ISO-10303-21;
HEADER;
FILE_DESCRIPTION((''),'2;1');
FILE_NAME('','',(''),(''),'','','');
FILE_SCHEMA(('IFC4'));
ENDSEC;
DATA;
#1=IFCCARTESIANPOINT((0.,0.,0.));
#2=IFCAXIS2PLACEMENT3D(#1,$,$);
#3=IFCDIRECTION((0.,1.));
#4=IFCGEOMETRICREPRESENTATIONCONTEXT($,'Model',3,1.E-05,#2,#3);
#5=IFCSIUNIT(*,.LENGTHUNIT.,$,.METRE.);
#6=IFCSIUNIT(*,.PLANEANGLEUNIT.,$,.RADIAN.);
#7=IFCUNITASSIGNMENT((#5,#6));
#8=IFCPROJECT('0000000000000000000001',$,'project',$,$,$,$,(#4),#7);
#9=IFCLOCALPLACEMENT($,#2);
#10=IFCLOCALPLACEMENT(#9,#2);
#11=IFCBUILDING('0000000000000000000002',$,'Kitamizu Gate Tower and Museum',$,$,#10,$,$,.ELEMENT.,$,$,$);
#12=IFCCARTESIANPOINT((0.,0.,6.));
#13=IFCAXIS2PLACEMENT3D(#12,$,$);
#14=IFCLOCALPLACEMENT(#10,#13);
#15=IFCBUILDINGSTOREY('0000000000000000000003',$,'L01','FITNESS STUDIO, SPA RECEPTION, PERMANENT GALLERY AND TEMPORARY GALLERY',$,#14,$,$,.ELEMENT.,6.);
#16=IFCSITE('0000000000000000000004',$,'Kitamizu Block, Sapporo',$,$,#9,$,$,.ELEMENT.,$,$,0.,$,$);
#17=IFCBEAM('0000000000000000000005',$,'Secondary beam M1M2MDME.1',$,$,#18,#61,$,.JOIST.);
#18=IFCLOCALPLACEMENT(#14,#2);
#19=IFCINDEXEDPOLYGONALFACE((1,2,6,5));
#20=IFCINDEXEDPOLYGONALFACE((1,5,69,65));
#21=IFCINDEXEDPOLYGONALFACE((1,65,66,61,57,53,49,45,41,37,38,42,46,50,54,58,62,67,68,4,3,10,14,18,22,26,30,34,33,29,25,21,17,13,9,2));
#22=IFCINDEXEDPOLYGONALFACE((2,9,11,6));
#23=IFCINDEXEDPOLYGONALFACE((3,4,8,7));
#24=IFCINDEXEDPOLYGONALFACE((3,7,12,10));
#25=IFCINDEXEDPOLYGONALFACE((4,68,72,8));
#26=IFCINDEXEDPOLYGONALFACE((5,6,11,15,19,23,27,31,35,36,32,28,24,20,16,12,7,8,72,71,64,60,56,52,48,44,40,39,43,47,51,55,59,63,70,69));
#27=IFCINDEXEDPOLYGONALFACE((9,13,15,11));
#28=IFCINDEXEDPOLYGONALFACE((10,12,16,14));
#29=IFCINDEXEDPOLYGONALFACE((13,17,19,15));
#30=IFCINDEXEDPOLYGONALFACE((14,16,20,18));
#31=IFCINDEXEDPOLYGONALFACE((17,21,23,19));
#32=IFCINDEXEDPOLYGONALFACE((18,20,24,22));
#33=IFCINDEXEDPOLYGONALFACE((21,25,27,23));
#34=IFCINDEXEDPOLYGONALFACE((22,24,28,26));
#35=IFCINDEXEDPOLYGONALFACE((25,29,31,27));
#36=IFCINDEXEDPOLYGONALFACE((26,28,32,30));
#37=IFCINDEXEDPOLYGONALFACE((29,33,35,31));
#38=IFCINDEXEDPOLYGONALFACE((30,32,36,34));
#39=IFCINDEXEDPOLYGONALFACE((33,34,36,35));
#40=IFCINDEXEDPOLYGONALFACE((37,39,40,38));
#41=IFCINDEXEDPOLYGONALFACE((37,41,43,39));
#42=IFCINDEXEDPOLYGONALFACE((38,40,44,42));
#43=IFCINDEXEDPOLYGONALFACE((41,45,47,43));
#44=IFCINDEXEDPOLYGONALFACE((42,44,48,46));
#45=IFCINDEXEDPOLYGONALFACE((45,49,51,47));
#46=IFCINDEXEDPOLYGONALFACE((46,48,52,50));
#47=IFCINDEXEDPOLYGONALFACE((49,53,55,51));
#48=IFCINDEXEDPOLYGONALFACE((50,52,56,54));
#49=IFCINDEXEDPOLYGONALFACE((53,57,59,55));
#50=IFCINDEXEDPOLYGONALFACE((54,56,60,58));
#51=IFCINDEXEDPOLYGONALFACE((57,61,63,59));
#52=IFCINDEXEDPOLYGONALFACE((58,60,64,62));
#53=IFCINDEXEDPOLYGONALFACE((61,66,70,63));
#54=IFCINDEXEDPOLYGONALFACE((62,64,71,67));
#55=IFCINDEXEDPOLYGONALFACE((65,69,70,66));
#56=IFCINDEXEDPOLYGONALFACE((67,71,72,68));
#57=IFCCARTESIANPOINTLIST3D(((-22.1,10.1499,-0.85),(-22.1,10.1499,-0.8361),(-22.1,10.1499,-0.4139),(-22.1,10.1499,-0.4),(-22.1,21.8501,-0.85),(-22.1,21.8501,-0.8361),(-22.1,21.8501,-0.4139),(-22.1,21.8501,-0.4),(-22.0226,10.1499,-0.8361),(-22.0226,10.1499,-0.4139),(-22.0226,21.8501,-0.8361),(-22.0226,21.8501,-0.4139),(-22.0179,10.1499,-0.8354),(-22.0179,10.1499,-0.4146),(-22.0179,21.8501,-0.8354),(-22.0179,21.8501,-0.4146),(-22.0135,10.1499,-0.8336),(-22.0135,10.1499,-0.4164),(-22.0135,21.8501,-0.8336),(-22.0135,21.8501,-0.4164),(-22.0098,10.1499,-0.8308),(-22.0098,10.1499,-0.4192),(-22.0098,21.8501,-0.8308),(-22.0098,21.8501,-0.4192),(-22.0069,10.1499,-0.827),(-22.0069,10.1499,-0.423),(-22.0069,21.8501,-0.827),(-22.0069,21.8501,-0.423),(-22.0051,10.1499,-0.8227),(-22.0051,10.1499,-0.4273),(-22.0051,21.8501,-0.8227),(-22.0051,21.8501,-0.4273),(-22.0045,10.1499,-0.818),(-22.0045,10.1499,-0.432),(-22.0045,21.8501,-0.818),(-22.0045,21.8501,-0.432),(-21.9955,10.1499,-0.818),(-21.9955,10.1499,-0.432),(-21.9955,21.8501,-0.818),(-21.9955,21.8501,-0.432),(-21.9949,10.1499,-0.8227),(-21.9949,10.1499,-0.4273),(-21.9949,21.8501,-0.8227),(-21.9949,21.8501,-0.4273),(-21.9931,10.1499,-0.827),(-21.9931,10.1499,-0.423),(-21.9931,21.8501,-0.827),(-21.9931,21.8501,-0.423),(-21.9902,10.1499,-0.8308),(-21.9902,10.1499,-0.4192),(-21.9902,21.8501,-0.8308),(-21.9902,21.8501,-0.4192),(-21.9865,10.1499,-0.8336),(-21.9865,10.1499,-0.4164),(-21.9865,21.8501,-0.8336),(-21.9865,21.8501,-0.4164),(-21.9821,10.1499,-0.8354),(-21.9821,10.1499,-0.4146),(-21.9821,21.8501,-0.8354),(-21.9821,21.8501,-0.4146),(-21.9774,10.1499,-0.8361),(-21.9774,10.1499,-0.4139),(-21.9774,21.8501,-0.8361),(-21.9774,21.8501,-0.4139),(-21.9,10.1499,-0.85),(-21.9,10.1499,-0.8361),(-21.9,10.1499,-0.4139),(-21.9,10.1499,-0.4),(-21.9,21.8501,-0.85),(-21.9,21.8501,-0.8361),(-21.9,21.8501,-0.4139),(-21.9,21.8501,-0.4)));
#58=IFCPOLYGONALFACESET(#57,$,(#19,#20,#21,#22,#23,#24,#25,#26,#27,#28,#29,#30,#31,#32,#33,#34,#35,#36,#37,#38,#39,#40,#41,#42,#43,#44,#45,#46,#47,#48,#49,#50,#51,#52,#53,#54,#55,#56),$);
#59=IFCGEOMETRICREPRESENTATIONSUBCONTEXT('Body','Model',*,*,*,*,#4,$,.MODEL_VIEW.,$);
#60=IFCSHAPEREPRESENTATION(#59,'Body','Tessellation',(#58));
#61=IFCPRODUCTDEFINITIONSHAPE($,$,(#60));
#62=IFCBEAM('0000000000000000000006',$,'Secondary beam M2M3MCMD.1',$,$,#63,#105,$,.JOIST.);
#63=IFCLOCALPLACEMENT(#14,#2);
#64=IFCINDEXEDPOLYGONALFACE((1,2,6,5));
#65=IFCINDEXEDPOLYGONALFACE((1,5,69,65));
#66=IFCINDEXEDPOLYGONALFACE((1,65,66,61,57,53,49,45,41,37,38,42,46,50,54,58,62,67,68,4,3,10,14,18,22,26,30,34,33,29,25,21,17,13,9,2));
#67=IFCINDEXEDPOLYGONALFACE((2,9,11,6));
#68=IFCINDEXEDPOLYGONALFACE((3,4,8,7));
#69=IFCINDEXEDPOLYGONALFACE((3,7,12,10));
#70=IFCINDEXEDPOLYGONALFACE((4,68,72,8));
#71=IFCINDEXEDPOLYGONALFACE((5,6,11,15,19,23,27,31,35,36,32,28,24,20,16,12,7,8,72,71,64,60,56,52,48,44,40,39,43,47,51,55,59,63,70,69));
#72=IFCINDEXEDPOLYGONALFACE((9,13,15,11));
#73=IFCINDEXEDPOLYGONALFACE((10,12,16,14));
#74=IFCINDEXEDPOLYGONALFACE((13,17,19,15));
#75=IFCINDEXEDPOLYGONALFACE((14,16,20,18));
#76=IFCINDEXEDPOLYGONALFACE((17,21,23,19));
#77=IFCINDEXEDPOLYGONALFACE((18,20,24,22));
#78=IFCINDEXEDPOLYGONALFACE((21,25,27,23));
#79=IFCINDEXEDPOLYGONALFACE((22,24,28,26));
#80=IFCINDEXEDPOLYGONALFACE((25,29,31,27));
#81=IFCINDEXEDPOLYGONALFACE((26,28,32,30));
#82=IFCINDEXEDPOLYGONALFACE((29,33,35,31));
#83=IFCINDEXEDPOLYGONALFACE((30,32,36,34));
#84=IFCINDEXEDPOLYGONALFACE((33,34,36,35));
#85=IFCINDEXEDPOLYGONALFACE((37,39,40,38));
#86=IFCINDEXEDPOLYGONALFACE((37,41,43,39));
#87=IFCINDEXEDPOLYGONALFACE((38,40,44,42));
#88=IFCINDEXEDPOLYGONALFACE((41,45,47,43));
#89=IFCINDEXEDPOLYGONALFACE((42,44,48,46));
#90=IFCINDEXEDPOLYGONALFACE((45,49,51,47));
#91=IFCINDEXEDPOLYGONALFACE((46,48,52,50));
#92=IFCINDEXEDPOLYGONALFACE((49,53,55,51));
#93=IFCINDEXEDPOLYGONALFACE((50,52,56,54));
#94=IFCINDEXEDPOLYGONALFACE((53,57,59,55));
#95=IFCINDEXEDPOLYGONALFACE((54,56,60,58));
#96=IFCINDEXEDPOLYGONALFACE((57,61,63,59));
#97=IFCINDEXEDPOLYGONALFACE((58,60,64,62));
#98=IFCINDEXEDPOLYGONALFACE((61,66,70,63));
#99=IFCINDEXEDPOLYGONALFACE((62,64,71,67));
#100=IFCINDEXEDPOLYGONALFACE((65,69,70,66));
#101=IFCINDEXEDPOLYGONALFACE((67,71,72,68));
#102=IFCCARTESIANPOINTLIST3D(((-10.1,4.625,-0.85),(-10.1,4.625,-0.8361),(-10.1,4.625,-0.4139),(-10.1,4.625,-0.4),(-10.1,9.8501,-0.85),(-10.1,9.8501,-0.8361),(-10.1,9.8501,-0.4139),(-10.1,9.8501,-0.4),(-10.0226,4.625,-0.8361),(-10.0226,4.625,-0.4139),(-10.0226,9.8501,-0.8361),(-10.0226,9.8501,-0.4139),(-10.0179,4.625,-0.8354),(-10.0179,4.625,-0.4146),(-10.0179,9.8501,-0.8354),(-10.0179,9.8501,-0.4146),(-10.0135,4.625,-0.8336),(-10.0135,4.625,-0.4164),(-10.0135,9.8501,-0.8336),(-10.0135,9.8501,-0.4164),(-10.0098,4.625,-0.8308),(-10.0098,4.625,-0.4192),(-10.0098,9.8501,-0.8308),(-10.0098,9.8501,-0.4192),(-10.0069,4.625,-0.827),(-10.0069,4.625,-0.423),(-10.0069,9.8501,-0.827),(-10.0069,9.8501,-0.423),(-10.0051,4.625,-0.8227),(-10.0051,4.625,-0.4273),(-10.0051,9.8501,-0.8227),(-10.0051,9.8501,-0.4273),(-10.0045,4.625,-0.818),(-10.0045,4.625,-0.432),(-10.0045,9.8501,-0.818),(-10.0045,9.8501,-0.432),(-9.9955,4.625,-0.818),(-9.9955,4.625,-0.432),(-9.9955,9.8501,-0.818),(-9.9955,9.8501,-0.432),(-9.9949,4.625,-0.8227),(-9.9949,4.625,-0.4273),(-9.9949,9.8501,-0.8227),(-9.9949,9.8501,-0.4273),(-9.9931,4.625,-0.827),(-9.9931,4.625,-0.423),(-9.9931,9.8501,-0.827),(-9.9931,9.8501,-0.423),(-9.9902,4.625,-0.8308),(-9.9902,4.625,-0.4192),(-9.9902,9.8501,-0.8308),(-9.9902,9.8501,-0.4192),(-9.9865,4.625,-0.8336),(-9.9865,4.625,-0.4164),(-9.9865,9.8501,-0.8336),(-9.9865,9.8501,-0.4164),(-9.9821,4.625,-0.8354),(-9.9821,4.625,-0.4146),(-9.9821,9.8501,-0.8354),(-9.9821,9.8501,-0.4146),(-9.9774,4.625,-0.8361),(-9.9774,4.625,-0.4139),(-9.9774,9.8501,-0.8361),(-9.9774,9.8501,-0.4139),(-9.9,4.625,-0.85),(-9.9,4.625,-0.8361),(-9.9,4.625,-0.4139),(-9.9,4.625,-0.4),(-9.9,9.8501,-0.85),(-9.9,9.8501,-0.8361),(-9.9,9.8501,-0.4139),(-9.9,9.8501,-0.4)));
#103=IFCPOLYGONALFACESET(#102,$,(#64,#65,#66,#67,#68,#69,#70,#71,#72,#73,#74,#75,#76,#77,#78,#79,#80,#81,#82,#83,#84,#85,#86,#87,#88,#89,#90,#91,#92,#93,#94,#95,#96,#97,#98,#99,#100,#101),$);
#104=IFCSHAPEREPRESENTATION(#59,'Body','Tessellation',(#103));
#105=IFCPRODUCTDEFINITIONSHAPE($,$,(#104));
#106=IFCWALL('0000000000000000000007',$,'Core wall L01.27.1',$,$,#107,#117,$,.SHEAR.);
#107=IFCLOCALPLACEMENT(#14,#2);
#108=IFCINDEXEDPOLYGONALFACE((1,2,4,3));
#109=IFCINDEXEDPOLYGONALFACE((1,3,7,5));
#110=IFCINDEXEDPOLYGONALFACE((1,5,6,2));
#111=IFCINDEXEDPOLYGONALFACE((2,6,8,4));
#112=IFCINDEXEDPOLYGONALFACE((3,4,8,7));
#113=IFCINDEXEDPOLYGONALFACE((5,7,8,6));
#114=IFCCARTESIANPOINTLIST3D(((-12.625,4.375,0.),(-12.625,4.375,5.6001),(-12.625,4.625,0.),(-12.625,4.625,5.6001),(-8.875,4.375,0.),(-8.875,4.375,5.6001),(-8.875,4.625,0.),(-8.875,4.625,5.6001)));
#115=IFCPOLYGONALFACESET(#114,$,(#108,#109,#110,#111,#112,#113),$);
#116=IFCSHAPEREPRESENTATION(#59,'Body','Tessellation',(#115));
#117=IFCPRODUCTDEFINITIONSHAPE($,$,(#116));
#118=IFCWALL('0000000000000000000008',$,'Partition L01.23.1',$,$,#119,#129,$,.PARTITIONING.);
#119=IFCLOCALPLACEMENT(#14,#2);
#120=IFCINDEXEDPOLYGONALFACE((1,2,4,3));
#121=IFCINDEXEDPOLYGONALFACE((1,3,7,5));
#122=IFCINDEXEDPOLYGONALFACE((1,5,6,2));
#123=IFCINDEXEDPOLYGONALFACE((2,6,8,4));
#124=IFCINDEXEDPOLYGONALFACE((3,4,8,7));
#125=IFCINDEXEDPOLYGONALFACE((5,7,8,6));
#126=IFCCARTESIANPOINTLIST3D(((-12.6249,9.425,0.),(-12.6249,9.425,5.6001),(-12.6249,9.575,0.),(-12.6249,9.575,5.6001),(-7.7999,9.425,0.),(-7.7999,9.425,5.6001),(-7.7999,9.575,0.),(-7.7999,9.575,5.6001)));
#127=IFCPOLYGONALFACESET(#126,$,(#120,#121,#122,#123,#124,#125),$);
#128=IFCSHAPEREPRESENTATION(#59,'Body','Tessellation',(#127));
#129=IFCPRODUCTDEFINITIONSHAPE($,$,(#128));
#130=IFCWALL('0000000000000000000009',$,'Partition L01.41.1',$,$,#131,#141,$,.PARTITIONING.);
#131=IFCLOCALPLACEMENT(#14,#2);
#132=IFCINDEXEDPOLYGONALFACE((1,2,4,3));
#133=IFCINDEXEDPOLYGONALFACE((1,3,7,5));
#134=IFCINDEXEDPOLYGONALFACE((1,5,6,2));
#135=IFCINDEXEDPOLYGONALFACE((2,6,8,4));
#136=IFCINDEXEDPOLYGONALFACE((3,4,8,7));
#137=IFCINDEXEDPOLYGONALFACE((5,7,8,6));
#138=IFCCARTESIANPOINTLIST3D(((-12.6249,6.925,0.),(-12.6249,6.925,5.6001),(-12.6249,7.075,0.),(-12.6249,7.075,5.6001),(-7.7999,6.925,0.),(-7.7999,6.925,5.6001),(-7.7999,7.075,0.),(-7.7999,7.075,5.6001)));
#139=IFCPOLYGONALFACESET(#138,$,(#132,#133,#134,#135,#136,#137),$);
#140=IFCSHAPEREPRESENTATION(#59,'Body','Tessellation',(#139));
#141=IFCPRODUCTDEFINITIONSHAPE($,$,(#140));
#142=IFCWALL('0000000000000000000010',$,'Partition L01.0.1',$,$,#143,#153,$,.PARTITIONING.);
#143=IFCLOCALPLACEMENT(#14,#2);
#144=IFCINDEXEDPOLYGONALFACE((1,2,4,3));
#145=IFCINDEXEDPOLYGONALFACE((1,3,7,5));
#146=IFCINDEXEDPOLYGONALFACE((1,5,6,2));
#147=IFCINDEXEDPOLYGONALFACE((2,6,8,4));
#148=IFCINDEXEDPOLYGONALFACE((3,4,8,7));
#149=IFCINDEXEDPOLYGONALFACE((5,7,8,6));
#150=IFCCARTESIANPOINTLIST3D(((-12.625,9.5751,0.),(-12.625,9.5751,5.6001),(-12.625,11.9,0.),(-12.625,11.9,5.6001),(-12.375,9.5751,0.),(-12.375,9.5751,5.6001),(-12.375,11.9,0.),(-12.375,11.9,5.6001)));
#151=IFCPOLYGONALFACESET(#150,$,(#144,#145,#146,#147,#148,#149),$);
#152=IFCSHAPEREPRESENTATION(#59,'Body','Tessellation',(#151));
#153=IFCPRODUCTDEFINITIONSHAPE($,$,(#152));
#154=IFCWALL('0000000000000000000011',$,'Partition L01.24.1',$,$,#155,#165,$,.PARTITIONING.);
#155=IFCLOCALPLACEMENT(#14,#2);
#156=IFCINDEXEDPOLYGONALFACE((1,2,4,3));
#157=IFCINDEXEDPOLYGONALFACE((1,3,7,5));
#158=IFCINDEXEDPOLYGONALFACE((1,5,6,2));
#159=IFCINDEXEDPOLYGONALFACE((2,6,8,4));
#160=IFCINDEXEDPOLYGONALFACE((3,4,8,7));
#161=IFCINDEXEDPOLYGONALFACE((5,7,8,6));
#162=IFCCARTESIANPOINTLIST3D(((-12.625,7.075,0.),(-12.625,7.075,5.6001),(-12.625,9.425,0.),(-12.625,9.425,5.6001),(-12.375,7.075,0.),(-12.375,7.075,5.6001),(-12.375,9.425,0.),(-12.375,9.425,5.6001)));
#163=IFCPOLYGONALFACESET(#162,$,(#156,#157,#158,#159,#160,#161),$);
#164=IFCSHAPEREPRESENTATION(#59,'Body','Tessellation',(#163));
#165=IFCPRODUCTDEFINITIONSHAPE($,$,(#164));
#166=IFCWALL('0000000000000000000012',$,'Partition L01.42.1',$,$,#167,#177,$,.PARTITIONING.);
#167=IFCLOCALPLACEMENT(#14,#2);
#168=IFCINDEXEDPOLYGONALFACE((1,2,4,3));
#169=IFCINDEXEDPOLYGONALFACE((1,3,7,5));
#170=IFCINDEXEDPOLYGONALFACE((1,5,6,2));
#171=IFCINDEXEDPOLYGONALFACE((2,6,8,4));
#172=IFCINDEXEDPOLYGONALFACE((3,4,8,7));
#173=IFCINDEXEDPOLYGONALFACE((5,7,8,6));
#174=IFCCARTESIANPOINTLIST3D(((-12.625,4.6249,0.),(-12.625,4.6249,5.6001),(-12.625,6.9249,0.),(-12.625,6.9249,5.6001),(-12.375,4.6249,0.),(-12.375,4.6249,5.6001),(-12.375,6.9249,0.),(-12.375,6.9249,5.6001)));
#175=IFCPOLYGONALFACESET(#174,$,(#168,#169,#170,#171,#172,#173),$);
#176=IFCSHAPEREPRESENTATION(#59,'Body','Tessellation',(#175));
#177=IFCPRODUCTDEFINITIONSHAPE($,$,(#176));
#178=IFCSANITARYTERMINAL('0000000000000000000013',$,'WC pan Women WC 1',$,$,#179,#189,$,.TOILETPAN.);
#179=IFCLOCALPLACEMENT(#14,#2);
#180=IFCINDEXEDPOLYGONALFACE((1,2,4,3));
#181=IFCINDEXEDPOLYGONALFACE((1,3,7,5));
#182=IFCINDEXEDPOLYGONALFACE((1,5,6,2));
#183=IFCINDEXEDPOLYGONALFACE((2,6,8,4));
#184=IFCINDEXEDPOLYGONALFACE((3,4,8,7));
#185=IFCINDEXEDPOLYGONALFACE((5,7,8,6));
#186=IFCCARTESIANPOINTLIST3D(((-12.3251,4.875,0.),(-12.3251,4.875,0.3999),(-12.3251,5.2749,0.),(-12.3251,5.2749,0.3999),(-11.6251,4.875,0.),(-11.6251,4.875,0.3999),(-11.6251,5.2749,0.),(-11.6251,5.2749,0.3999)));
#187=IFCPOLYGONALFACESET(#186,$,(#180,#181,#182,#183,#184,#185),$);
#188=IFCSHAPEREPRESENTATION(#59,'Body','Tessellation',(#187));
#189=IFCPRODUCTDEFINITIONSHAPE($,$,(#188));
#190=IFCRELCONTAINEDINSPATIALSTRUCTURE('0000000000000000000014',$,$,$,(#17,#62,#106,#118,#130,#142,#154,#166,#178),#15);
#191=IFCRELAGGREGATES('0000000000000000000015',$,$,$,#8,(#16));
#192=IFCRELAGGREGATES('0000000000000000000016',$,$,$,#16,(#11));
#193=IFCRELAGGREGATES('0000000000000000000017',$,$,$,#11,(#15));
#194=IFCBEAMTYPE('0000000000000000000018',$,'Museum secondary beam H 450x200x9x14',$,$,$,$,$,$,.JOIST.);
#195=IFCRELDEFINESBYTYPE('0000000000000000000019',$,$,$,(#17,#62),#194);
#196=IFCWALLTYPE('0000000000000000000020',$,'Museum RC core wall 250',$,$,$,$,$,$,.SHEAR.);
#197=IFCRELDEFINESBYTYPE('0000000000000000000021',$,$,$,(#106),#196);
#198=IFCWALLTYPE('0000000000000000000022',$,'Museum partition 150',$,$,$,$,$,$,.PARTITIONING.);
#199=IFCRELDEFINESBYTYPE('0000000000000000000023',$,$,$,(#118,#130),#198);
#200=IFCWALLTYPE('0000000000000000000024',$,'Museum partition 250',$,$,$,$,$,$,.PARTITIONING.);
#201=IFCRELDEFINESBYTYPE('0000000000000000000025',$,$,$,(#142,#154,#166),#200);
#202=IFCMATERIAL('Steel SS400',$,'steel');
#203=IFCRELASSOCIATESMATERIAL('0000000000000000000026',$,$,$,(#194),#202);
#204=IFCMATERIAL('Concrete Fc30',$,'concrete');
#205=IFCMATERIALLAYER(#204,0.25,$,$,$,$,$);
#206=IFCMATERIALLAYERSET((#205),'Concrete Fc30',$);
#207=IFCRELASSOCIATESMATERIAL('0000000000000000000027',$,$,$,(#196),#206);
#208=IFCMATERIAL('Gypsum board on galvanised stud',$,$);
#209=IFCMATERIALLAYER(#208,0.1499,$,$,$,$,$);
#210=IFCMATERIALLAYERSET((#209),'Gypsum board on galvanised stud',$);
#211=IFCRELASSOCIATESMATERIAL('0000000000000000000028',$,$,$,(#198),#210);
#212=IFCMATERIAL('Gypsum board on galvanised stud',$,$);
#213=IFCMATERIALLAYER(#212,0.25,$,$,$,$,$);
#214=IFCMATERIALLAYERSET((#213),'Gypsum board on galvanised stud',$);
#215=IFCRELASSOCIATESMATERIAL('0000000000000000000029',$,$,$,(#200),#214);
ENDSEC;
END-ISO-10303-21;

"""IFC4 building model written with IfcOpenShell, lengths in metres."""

from ifc_helpers import new_model, si_unit, direction, frame, frame_2d, origin, origin_2d, place, context, subcontext, project, spatial, rectangle, i_section, extrude, material, layer, layer_set, material_profile, profile_set, type_object, element, save


model = new_model("IFC4")

# Units and contexts
model_context = context("Model", 3, precision=1e-05, world=origin(), true_north=direction((0.0, 1.0)))
body_context = subcontext(model_context, "Body", "Model", "MODEL_VIEW")
ifc_project = project(units=[si_unit("LENGTHUNIT", "METRE"), si_unit("PLANEANGLEUNIT", "RADIAN")], contexts=[model_context])

# Site, building, storey
site_placement = place(None, origin())
site = spatial("IfcSite", under=ifc_project, at=site_placement, Name="Kitamizu Block, Sapporo", CompositionType="ELEMENT", RefElevation=0.0)
building_placement = place(site_placement, origin())
building = spatial("IfcBuilding", under=site, at=building_placement, Name="Kitamizu Gate Tower and Museum", CompositionType="ELEMENT")
storey_placement = place(building_placement, frame((0.0, 0.0, 6.0)))
storey = spatial("IfcBuildingStorey", under=building, at=storey_placement, Name="L01", Description="FITNESS STUDIO, SPA RECEPTION, PERMANENT GALLERY AND TEMPORARY GALLERY", CompositionType="ELEMENT", Elevation=6.0)

# Beams
ifc_material_1 = material(Name="Steel SS400", Category="steel")
ifc_material_profile_1 = material_profile(ifc_material_1, i_section(OverallWidth=0.2, OverallDepth=0.45, WebThickness=0.009, FlangeThickness=0.0139, FilletRadius=0.0181, at=origin_2d()), Name="H-450x200x9x14")
ifc_profile_set_1 = profile_set([ifc_material_profile_1], Name="Steel SS400")
beam_type_1 = type_object("IfcBeamType", Name="Museum secondary beam H 450x200x9x14", PredefinedType="JOIST", material=ifc_profile_set_1)
beam_1_placement = place(storey_placement, frame((-22.0, 10.1499, -0.625), z_axis=(0.0, 1.0, 0.0), x_axis=(-1.0, 0.0, 0.0)))
element("IfcBeam", 1, at=beam_1_placement, inside=storey, type_object=beam_type_1, Name="Secondary beam M1M2MDME.1", PredefinedType="JOIST", context=body_context, shape_type="SweptSolid", body=[
    extrude(i_section(OverallWidth=0.2, OverallDepth=0.45, WebThickness=0.009, FlangeThickness=0.0139, FilletRadius=0.0181, at=origin_2d()), origin(), (0.0, 0.0, 1.0), 11.7002),
])
beam_2_placement = place(storey_placement, frame((-10.0, 4.625, -0.625), z_axis=(0.0, 1.0, 0.0), x_axis=(-1.0, 0.0, 0.0)))
element("IfcBeam", 2, at=beam_2_placement, inside=storey, type_object=beam_type_1, Name="Secondary beam M2M3MCMD.1", PredefinedType="JOIST", context=body_context, shape_type="SweptSolid", body=[
    extrude(i_section(OverallWidth=0.2, OverallDepth=0.45, WebThickness=0.009, FlangeThickness=0.0139, FilletRadius=0.0181, at=origin_2d()), origin(), (0.0, 0.0, 1.0), 5.2251),
])

# Walls
ifc_material_2 = material(Name="Concrete Fc30", Category="concrete")
ifc_layer_1 = layer(ifc_material_2, 0.25)
ifc_layer_set_1 = layer_set([ifc_layer_1], Name="Concrete Fc30")
wall_type_1 = type_object("IfcWallType", Name="Museum RC core wall 250", PredefinedType="SHEAR", material=ifc_layer_set_1)
wall_1_placement = place(storey_placement, frame((-12.625, 4.5, 0.0), z_axis=(0.0, 0.0, 1.0), x_axis=(1.0, 0.0, 0.0)))
element("IfcWall", 3, at=wall_1_placement, inside=storey, type_object=wall_type_1, Name="Core wall L01.27.1", PredefinedType="SHEAR", context=body_context, shape_type="SweptSolid", body=[
    extrude(rectangle(XDim=3.75, YDim=0.25, at=frame_2d((1.875, 0.0))), origin(), (0.0, 0.0, 1.0), 5.6001),
])
ifc_material_3 = material(Name="Gypsum board on galvanised stud")
ifc_layer_2 = layer(ifc_material_3, 0.1499)
ifc_layer_set_2 = layer_set([ifc_layer_2], Name="Gypsum board on galvanised stud")
wall_type_2 = type_object("IfcWallType", Name="Museum partition 150", PredefinedType="PARTITIONING", material=ifc_layer_set_2)
for number, where, z_axis, x_axis, name in (
    (4, (-12.625, 9.5, 0.0), (0.0, 0.0, 1.0), (1.0, 0.0, 0.0), "Partition L01.23.1"),
    (5, (-12.625, 7.0, 0.0), (0.0, 0.0, 1.0), (1.0, 0.0, 0.0), "Partition L01.41.1"),
):
    element("IfcWall", number, at=place(storey_placement, frame(where, z_axis=z_axis, x_axis=x_axis)), inside=storey, type_object=wall_type_2, Name=name, PredefinedType="PARTITIONING", context=body_context, shape_type="SweptSolid", body=[
        extrude(rectangle(XDim=4.825, YDim=0.1499, at=frame_2d((2.4126, 0.0))), origin(), (0.0, 0.0, 1.0), 5.6001),
    ])
ifc_material_4 = material(Name="Gypsum board on galvanised stud")
ifc_layer_3 = layer(ifc_material_4, 0.25)
ifc_layer_set_3 = layer_set([ifc_layer_3], Name="Gypsum board on galvanised stud")
wall_type_3 = type_object("IfcWallType", Name="Museum partition 250", PredefinedType="PARTITIONING", material=ifc_layer_set_3)
wall_2_placement = place(storey_placement, frame((-12.5, 9.575, 0.0), z_axis=(0.0, 0.0, 1.0), x_axis=(0.0, 1.0, 0.0)))
element("IfcWall", 6, at=wall_2_placement, inside=storey, type_object=wall_type_3, Name="Partition L01.0.1", PredefinedType="PARTITIONING", context=body_context, shape_type="SweptSolid", body=[
    extrude(rectangle(XDim=2.325, YDim=0.25, at=frame_2d((1.1626, 0.0))), origin(), (0.0, 0.0, 1.0), 5.6001),
])
wall_3_placement = place(storey_placement, frame((-12.5, 7.075, 0.0), z_axis=(0.0, 0.0, 1.0), x_axis=(0.0, 1.0, 0.0)))
element("IfcWall", 7, at=wall_3_placement, inside=storey, type_object=wall_type_3, Name="Partition L01.24.1", PredefinedType="PARTITIONING", context=body_context, shape_type="SweptSolid", body=[
    extrude(rectangle(XDim=2.3501, YDim=0.25, at=frame_2d((1.175, 0.0))), origin(), (0.0, 0.0, 1.0), 5.6001),
])
wall_4_placement = place(storey_placement, frame((-12.5, 4.625, 0.0), z_axis=(0.0, 0.0, 1.0), x_axis=(0.0, 1.0, 0.0)))
element("IfcWall", 8, at=wall_4_placement, inside=storey, type_object=wall_type_3, Name="Partition L01.42.1", PredefinedType="PARTITIONING", context=body_context, shape_type="SweptSolid", body=[
    extrude(rectangle(XDim=2.3, YDim=0.25, at=frame_2d((1.1499, 0.0))), origin(), (0.0, 0.0, 1.0), 5.6001),
])

# Sanitary terminal
for number, where, z_axis, x_axis, name in (
    (9, (-11.9751, 5.075, 0.0), (0.0, 0.0, 1.0), (1.0, 0.0, 0.0), "WC pan Women WC 1"),
):
    element("IfcSanitaryTerminal", number, at=place(storey_placement, frame(where, z_axis=z_axis, x_axis=x_axis)), inside=storey, Name=name, PredefinedType="TOILETPAN", context=body_context, shape_type="SweptSolid", body=[
        extrude(rectangle(XDim=0.7, YDim=0.3999, at=origin_2d()), origin(), (0.0, 0.0, 1.0), 0.3999),
    ])

save(model, "model.ifc")
